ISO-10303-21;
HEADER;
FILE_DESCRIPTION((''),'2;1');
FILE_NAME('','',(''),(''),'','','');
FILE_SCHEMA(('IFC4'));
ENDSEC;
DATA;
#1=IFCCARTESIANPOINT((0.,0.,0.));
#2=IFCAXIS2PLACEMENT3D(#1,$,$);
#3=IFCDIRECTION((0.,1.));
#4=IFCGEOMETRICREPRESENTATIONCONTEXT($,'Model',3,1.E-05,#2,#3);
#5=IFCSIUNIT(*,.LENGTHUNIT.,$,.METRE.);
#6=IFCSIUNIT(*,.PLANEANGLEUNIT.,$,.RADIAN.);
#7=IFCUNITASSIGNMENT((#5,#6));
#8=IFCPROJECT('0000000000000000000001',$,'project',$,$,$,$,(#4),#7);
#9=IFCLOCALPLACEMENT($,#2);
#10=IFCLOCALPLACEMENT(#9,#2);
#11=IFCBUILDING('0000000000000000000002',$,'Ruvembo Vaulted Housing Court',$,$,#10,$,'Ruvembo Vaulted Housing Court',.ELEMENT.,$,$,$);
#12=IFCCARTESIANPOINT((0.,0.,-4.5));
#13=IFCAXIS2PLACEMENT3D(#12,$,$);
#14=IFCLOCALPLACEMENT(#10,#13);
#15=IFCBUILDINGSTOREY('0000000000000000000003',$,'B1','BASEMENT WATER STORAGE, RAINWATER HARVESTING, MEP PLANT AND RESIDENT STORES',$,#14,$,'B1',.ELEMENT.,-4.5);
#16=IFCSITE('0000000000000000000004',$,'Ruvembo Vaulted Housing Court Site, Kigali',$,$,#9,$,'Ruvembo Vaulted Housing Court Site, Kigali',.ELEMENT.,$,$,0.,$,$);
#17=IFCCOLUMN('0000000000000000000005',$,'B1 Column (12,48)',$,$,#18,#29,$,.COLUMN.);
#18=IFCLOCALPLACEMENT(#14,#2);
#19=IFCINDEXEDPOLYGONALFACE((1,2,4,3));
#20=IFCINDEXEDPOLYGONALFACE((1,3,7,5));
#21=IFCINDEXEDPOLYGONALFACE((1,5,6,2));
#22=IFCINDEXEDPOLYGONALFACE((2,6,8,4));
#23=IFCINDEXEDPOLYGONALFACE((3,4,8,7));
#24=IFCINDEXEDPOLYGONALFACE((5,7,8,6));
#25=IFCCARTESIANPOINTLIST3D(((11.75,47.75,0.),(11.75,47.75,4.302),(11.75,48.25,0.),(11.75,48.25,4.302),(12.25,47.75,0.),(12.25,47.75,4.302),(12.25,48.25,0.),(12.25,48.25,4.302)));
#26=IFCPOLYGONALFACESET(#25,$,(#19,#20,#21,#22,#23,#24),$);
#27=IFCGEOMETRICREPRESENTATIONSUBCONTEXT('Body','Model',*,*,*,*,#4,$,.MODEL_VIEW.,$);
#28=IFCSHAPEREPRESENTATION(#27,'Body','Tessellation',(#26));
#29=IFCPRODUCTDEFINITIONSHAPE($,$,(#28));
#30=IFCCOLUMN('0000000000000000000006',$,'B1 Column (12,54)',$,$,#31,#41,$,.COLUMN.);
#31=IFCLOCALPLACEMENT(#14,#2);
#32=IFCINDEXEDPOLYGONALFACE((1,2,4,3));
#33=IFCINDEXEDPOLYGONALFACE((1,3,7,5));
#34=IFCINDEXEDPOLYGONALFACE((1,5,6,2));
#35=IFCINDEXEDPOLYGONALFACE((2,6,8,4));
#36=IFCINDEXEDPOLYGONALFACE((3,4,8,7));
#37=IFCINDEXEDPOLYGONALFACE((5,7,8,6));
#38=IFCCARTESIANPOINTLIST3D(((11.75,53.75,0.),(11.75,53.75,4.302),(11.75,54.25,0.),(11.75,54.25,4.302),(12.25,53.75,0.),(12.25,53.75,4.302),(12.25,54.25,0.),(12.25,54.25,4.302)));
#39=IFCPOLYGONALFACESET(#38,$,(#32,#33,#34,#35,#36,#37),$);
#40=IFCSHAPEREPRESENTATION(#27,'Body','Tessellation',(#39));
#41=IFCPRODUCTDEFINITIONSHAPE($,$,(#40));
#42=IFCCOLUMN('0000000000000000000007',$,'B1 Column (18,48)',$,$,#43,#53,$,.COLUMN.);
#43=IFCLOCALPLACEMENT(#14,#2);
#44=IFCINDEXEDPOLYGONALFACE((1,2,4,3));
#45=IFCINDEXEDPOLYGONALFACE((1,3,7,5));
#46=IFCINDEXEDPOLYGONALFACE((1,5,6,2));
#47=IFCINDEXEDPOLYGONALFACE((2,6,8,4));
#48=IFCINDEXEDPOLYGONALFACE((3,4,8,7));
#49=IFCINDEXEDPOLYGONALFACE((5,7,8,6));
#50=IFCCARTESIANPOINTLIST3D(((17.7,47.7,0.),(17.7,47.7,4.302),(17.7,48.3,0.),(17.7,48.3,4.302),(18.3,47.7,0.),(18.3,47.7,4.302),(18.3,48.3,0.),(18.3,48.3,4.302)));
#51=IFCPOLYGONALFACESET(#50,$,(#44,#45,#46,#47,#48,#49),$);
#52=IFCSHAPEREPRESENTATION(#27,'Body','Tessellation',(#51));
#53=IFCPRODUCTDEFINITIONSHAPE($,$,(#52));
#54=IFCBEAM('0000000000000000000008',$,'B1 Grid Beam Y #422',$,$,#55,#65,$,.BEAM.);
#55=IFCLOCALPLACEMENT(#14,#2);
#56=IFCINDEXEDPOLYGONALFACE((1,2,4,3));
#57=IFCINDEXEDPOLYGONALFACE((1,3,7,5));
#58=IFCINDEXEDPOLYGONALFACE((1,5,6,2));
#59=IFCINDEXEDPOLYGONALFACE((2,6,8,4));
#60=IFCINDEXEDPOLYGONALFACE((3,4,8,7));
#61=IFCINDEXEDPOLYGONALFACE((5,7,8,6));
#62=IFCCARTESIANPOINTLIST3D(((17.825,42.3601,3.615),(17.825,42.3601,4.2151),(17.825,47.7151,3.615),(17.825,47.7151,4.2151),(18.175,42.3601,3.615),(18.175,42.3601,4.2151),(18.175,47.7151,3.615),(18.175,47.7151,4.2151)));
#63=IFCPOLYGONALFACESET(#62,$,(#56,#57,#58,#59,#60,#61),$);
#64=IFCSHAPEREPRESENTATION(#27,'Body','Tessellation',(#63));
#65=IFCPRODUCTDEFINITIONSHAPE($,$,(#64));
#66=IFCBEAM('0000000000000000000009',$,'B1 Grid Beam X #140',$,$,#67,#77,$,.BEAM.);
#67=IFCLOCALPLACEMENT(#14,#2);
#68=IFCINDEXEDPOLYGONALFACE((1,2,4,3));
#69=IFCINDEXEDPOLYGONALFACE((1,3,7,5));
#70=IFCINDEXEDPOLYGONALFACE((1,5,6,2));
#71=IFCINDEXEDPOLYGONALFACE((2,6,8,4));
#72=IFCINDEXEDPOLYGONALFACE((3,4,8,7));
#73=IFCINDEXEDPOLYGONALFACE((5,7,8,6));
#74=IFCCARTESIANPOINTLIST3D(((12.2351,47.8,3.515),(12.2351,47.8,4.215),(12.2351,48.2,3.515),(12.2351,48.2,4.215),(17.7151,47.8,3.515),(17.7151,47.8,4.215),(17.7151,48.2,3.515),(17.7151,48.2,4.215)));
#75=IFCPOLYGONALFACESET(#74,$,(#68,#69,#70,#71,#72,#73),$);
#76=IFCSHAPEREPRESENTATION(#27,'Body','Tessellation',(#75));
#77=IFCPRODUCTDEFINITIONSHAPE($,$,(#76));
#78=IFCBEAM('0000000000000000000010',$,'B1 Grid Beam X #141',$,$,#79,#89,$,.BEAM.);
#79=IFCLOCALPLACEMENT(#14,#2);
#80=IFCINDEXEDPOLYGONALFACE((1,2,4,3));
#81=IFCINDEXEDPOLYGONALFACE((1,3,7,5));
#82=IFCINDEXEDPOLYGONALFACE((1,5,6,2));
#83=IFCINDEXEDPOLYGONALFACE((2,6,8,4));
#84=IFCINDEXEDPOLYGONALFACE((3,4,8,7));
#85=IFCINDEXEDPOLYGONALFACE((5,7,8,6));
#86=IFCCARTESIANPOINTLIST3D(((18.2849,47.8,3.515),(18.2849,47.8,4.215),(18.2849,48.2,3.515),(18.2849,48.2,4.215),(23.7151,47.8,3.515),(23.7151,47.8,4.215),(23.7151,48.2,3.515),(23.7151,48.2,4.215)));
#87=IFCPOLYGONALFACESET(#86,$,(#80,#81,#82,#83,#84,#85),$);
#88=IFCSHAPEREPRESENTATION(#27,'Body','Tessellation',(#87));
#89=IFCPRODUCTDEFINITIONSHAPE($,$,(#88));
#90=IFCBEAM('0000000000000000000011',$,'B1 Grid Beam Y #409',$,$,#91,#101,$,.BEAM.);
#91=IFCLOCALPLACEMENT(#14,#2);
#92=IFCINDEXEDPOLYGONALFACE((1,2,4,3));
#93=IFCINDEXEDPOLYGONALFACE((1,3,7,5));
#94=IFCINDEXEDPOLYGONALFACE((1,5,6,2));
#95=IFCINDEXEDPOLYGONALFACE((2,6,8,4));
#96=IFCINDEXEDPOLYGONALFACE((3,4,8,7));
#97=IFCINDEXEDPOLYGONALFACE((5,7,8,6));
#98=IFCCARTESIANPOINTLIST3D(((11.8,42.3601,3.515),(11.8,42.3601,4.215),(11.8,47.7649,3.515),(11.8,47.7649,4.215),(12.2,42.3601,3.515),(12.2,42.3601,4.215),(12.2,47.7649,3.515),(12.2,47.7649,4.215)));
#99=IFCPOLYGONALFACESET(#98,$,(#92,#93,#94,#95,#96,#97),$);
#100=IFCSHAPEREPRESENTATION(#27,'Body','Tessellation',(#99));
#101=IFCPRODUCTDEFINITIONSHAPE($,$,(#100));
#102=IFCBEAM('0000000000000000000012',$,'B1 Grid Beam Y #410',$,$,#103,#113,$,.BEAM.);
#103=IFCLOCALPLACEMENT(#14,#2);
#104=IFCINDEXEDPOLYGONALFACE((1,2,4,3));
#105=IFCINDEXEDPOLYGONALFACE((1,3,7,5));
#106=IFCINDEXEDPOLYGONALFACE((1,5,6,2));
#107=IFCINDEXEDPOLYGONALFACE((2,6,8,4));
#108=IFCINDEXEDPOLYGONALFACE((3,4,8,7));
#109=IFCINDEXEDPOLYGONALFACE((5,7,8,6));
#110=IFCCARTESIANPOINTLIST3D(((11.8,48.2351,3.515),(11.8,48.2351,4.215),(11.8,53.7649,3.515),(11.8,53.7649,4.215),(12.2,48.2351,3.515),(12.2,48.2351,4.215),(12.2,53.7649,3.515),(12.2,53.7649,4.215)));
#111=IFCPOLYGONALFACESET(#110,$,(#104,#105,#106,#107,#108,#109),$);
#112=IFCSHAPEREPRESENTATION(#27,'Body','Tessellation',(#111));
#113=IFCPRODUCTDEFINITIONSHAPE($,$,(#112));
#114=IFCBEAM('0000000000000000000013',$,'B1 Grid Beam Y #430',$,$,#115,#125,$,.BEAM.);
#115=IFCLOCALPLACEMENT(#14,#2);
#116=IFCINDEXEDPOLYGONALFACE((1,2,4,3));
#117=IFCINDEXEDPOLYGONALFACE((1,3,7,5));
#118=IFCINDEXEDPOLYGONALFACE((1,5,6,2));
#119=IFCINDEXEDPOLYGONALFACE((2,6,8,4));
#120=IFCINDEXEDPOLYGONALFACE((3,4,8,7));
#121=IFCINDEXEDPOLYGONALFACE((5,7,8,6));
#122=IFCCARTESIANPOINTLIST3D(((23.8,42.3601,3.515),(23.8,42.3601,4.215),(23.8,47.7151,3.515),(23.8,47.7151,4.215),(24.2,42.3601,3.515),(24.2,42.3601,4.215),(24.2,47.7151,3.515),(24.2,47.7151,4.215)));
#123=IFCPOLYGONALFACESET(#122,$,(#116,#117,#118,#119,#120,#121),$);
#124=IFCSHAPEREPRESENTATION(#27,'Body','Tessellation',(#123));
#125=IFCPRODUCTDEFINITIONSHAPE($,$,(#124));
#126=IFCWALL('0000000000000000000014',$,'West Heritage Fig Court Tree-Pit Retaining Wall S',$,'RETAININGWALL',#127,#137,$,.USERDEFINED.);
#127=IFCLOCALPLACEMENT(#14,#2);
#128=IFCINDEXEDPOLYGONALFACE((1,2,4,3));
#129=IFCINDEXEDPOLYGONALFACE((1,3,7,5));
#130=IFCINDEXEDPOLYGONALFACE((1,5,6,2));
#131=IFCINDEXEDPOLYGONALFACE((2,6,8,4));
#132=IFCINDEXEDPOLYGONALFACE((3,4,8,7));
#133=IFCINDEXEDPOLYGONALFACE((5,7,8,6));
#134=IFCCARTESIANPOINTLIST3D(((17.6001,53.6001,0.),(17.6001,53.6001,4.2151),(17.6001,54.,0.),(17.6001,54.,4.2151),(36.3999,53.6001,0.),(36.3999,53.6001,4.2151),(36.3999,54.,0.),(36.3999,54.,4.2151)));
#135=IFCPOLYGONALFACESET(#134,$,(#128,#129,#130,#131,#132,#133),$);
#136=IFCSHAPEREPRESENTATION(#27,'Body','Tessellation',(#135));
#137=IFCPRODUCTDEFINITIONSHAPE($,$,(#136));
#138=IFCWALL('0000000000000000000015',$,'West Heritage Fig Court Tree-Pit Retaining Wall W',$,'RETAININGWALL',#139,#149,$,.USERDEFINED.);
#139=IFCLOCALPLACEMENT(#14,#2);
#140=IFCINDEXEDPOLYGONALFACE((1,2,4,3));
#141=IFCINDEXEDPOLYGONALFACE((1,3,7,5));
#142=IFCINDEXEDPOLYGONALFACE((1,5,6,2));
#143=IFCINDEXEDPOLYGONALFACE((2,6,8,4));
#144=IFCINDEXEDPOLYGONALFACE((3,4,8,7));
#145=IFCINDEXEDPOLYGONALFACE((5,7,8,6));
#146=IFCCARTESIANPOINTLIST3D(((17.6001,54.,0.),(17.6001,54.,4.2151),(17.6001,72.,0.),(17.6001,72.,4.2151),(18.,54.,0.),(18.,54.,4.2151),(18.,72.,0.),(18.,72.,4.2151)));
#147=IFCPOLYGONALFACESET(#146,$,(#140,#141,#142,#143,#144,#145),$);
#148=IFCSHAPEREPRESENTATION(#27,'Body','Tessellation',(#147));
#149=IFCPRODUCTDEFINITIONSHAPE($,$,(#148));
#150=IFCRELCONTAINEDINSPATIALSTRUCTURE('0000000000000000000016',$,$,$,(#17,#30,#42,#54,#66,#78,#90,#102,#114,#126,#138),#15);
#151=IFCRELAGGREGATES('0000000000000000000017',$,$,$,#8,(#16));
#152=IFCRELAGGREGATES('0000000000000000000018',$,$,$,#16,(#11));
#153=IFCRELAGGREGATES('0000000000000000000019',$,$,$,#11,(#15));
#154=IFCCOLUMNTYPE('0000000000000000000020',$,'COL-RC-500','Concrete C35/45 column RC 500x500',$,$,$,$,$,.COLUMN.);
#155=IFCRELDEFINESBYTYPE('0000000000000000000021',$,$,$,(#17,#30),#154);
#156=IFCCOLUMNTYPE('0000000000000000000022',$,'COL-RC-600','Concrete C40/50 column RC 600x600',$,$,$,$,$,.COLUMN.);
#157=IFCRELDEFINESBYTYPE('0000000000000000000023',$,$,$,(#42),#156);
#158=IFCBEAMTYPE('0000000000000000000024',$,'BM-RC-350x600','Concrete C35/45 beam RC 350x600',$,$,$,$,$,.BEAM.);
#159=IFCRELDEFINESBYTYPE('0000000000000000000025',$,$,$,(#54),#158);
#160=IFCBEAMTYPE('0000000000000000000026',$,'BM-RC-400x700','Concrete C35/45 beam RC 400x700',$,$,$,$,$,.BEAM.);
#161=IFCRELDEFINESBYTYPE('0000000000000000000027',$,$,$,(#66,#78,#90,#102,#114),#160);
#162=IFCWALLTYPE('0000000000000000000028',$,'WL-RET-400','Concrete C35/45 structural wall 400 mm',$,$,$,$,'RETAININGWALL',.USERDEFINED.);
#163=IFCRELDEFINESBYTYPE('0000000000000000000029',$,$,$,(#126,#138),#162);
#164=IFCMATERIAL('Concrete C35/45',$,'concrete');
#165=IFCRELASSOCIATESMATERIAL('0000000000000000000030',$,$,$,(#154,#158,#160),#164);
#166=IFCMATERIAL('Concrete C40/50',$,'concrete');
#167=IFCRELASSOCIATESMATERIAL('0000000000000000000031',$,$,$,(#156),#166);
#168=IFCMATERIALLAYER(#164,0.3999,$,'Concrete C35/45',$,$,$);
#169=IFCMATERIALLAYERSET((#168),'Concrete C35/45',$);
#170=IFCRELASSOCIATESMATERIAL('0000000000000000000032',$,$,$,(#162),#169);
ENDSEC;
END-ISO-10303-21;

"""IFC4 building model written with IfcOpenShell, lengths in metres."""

from ifc_helpers import new_model, si_unit, direction, frame, frame_2d, origin, origin_2d, place, context, subcontext, project, spatial, rectangle, extrude, material, layer, layer_set, material_profile, profile_set, type_object, element, save


model = new_model("IFC4")

# Units and contexts
model_context = context("Model", 3, precision=1e-05, world=origin(), true_north=direction((0.0, 1.0)))
body_context = subcontext(model_context, "Body", "Model", "MODEL_VIEW")
ifc_project = project(units=[si_unit("LENGTHUNIT", "METRE"), si_unit("PLANEANGLEUNIT", "RADIAN")], contexts=[model_context])

# Site, building, storey
site_placement = place(None, origin())
site = spatial("IfcSite", under=ifc_project, at=site_placement, Name="Ruvembo Vaulted Housing Court Site, Kigali", LongName="Ruvembo Vaulted Housing Court Site, Kigali", CompositionType="ELEMENT", RefElevation=0.0)
building_placement = place(site_placement, origin())
building = spatial("IfcBuilding", under=site, at=building_placement, Name="Ruvembo Vaulted Housing Court", LongName="Ruvembo Vaulted Housing Court", CompositionType="ELEMENT")
storey_placement = place(building_placement, frame((0.0, 0.0, -4.5)))
storey = spatial("IfcBuildingStorey", under=building, at=storey_placement, Name="B1", Description="BASEMENT WATER STORAGE, RAINWATER HARVESTING, MEP PLANT AND RESIDENT STORES", LongName="B1", CompositionType="ELEMENT", Elevation=-4.5)

# Shared definitions
ifc_material_1 = material(Name="Concrete C35/45", Category="concrete")

# Columns
ifc_material_profile_1 = material_profile(ifc_material_1, rectangle(XDim=0.5, YDim=0.5, at=origin_2d()), Name="RC 500x500")
ifc_profile_set_1 = profile_set([ifc_material_profile_1], Name="Concrete C35/45")
column_type_1 = type_object("IfcColumnType", Name="COL-RC-500", Description="Concrete C35/45 column RC 500x500", PredefinedType="COLUMN", material=ifc_profile_set_1)
for number, where, z_axis, x_axis, name in (
    (1, (12.0, 48.0, 0.0), (0.0, 0.0, 1.0), (1.0, 0.0, 0.0), "B1 Column (12,48)"),
    (2, (12.0, 54.0, 0.0), (0.0, 0.0, 1.0), (1.0, 0.0, 0.0), "B1 Column (12,54)"),
):
    element("IfcColumn", number, at=place(storey_placement, frame(where, z_axis=z_axis, x_axis=x_axis)), inside=storey, type_object=column_type_1, Name=name, PredefinedType="COLUMN", context=body_context, shape_type="SweptSolid", body=[
        extrude(rectangle(XDim=0.5, YDim=0.5, at=origin_2d()), origin(), (0.0, 0.0, 1.0), 4.302),
    ])
ifc_material_2 = material(Name="Concrete C40/50", Category="concrete")
ifc_material_profile_2 = material_profile(ifc_material_2, rectangle(XDim=0.6001, YDim=0.6001, at=origin_2d()), Name="RC 600x600")
ifc_profile_set_2 = profile_set([ifc_material_profile_2], Name="Concrete C40/50")
column_type_2 = type_object("IfcColumnType", Name="COL-RC-600", Description="Concrete C40/50 column RC 600x600", PredefinedType="COLUMN", material=ifc_profile_set_2)
column_placement = place(storey_placement, frame((18.0, 48.0, 0.0), z_axis=(0.0, 0.0, 1.0), x_axis=(1.0, 0.0, 0.0)))
element("IfcColumn", 3, at=column_placement, inside=storey, type_object=column_type_2, Name="B1 Column (18,48)", PredefinedType="COLUMN", context=body_context, shape_type="SweptSolid", body=[
    extrude(rectangle(XDim=0.6001, YDim=0.6001, at=origin_2d()), origin(), (0.0, 0.0, 1.0), 4.302),
])

# Beams
ifc_material_profile_3 = material_profile(ifc_material_1, rectangle(XDim=0.3501, YDim=0.6001, at=origin_2d()), Name="RC 350x600")
ifc_profile_set_3 = profile_set([ifc_material_profile_3], Name="Concrete C35/45")
beam_type_1 = type_object("IfcBeamType", Name="BM-RC-350x600", Description="Concrete C35/45 beam RC 350x600", PredefinedType="BEAM", material=ifc_profile_set_3)
beam_1_placement = place(storey_placement, frame((18.0, 42.3601, 3.915), z_axis=(0.0, 1.0, 0.0), x_axis=(-1.0, 0.0, 0.0)))
element("IfcBeam", 4, at=beam_1_placement, inside=storey, type_object=beam_type_1, Name="B1 Grid Beam Y #422", PredefinedType="BEAM", context=body_context, shape_type="SweptSolid", body=[
    extrude(rectangle(XDim=0.3501, YDim=0.6001, at=origin_2d()), origin(), (0.0, 0.0, 1.0), 5.355),
])
ifc_material_profile_4 = material_profile(ifc_material_1, rectangle(XDim=0.3999, YDim=0.7, at=origin_2d()), Name="RC 400x700")
ifc_profile_set_4 = profile_set([ifc_material_profile_4], Name="Concrete C35/45")
beam_type_2 = type_object("IfcBeamType", Name="BM-RC-400x700", Description="Concrete C35/45 beam RC 400x700", PredefinedType="BEAM", material=ifc_profile_set_4)
beam_2_placement = place(storey_placement, frame((12.2351, 48.0, 3.865), z_axis=(1.0, 0.0, 0.0), x_axis=(0.0, 1.0, 0.0)))
element("IfcBeam", 5, at=beam_2_placement, inside=storey, type_object=beam_type_2, Name="B1 Grid Beam X #140", PredefinedType="BEAM", context=body_context, shape_type="SweptSolid", body=[
    extrude(rectangle(XDim=0.3999, YDim=0.7, at=origin_2d()), origin(), (0.0, 0.0, 1.0), 5.48),
])
beam_3_placement = place(storey_placement, frame((18.2849, 48.0, 3.865), z_axis=(1.0, 0.0, 0.0), x_axis=(0.0, 1.0, 0.0)))
element("IfcBeam", 6, at=beam_3_placement, inside=storey, type_object=beam_type_2, Name="B1 Grid Beam X #141", PredefinedType="BEAM", context=body_context, shape_type="SweptSolid", body=[
    extrude(rectangle(XDim=0.3999, YDim=0.7, at=origin_2d()), origin(), (0.0, 0.0, 1.0), 5.4302),
])
beam_4_placement = place(storey_placement, frame((12.0, 42.3601, 3.865), z_axis=(0.0, 1.0, 0.0), x_axis=(-1.0, 0.0, 0.0)))
element("IfcBeam", 7, at=beam_4_placement, inside=storey, type_object=beam_type_2, Name="B1 Grid Beam Y #409", PredefinedType="BEAM", context=body_context, shape_type="SweptSolid", body=[
    extrude(rectangle(XDim=0.3999, YDim=0.7, at=origin_2d()), origin(), (0.0, 0.0, 1.0), 5.4048),
])
beam_5_placement = place(storey_placement, frame((12.0, 48.2351, 3.865), z_axis=(0.0, 1.0, 0.0), x_axis=(-1.0, 0.0, 0.0)))
element("IfcBeam", 8, at=beam_5_placement, inside=storey, type_object=beam_type_2, Name="B1 Grid Beam Y #410", PredefinedType="BEAM", context=body_context, shape_type="SweptSolid", body=[
    extrude(rectangle(XDim=0.3999, YDim=0.7, at=origin_2d()), origin(), (0.0, 0.0, 1.0), 5.5298),
])
beam_6_placement = place(storey_placement, frame((24.0, 42.3601, 3.865), z_axis=(0.0, 1.0, 0.0), x_axis=(-1.0, 0.0, 0.0)))
element("IfcBeam", 9, at=beam_6_placement, inside=storey, type_object=beam_type_2, Name="B1 Grid Beam Y #430", PredefinedType="BEAM", context=body_context, shape_type="SweptSolid", body=[
    extrude(rectangle(XDim=0.3999, YDim=0.7, at=origin_2d()), origin(), (0.0, 0.0, 1.0), 5.355),
])

# Walls
ifc_layer = layer(ifc_material_1, 0.3999, Name="Concrete C35/45")
ifc_layer_set = layer_set([ifc_layer], Name="Concrete C35/45")
wall_type = type_object("IfcWallType", Name="WL-RET-400", Description="Concrete C35/45 structural wall 400 mm", ElementType="RETAININGWALL", PredefinedType="USERDEFINED", material=ifc_layer_set)
wall_1_placement = place(storey_placement, frame((17.6001, 53.8, 0.0), z_axis=(0.0, 0.0, 1.0), x_axis=(1.0, 0.0, 0.0)))
element("IfcWall", 10, at=wall_1_placement, inside=storey, type_object=wall_type, Name="West Heritage Fig Court Tree-Pit Retaining Wall S", ObjectType="RETAININGWALL", PredefinedType="USERDEFINED", context=body_context, shape_type="SweptSolid", body=[
    extrude(rectangle(XDim=18.7998, YDim=0.3999, at=frame_2d((9.3999, 0.0))), origin(), (0.0, 0.0, 1.0), 4.2151),
])
wall_2_placement = place(storey_placement, frame((17.8, 54.0, 0.0), z_axis=(0.0, 0.0, 1.0), x_axis=(0.0, 1.0, 0.0)))
element("IfcWall", 11, at=wall_2_placement, inside=storey, type_object=wall_type, Name="West Heritage Fig Court Tree-Pit Retaining Wall W", ObjectType="RETAININGWALL", PredefinedType="USERDEFINED", context=body_context, shape_type="SweptSolid", body=[
    extrude(rectangle(XDim=18.0, YDim=0.3999, at=frame_2d((9.0, 0.0))), origin(), (0.0, 0.0, 1.0), 4.2151),
])

save(model, "model.ifc")
